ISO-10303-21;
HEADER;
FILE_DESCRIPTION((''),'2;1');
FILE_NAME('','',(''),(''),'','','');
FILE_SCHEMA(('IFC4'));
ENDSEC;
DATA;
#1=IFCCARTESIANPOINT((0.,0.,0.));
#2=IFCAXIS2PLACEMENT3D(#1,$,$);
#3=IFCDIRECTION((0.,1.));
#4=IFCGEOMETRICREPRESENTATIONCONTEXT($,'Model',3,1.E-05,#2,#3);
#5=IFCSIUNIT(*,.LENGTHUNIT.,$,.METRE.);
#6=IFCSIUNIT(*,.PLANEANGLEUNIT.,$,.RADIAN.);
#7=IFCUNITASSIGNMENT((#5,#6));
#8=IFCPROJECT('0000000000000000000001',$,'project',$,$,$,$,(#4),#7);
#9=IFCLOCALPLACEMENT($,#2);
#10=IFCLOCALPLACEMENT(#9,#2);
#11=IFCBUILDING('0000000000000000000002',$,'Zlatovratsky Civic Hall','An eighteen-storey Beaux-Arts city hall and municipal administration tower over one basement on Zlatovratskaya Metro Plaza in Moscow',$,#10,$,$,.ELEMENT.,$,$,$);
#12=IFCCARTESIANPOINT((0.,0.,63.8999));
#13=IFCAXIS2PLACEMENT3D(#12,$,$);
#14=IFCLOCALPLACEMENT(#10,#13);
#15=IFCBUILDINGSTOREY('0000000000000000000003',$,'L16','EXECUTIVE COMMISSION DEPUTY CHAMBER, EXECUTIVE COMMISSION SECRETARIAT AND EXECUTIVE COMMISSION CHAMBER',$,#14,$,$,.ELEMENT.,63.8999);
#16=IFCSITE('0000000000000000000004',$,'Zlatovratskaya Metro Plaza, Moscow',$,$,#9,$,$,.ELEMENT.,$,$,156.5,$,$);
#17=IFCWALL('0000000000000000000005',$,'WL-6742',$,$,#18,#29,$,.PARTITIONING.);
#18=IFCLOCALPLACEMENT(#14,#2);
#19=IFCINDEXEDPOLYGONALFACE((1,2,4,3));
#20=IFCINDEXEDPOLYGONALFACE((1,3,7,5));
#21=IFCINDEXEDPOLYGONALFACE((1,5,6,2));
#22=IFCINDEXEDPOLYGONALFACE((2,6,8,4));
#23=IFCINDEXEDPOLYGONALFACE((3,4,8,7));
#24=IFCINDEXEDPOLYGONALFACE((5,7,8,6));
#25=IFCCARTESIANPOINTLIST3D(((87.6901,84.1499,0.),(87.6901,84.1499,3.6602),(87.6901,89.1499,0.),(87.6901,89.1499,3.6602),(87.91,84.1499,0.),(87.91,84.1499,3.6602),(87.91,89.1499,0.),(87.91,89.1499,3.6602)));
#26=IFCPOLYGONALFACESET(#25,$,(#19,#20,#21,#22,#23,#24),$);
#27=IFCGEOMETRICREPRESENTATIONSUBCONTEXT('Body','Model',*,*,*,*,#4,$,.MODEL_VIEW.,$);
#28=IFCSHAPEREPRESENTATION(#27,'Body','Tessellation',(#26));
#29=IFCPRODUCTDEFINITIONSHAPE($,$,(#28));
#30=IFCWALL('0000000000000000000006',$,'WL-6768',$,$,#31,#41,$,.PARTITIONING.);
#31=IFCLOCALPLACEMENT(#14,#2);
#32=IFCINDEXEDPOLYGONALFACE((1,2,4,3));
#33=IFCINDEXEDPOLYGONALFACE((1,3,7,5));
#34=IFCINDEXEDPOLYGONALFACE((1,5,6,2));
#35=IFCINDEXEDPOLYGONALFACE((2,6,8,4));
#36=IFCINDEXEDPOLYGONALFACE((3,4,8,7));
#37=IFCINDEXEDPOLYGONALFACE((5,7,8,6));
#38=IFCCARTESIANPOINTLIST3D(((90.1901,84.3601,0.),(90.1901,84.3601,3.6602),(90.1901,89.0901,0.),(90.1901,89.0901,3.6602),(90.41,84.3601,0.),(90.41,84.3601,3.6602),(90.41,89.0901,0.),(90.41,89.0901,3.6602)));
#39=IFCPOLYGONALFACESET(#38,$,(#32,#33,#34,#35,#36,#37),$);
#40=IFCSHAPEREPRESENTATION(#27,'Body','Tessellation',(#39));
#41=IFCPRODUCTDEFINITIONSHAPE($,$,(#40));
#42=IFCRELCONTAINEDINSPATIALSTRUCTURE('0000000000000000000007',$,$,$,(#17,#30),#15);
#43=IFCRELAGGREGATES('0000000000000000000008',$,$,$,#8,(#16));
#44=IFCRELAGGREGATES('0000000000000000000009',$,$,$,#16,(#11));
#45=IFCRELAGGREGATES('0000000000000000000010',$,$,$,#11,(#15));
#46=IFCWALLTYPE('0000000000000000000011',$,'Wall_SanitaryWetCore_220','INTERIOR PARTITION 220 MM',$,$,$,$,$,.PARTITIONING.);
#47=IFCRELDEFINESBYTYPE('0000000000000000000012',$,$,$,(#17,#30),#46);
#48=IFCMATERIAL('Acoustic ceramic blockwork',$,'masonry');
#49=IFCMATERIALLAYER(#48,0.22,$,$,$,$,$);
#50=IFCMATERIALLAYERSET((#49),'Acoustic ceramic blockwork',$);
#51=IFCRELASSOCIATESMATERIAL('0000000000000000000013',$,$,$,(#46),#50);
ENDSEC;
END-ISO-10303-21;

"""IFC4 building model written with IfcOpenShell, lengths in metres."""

from ifc_helpers import new_model, si_unit, direction, frame, frame_2d, origin, place, context, subcontext, project, spatial, rectangle, extrude, material, layer, layer_set, type_object, element, save


model = new_model("IFC4")

# Units and contexts
model_context = context("Model", 3, precision=1e-05, world=origin(), true_north=direction((0.0, 1.0)))
body_context = subcontext(model_context, "Body", "Model", "MODEL_VIEW")
ifc_project = project(units=[si_unit("LENGTHUNIT", "METRE"), si_unit("PLANEANGLEUNIT", "RADIAN")], contexts=[model_context])

# Site, building, storey
site_placement = place(None, origin())
site = spatial("IfcSite", under=ifc_project, at=site_placement, Name="Zlatovratskaya Metro Plaza, Moscow", CompositionType="ELEMENT", RefElevation=156.5)
building_placement = place(site_placement, origin())
building = spatial("IfcBuilding", under=site, at=building_placement, Name="Zlatovratsky Civic Hall", Description="An eighteen-storey Beaux-Arts city hall and municipal administration tower over one basement on Zlatovratskaya Metro Plaza in Moscow", CompositionType="ELEMENT")
storey_placement = place(building_placement, frame((0.0, 0.0, 63.8999)))
storey = spatial("IfcBuildingStorey", under=building, at=storey_placement, Name="L16", Description="EXECUTIVE COMMISSION DEPUTY CHAMBER, EXECUTIVE COMMISSION SECRETARIAT AND EXECUTIVE COMMISSION CHAMBER", CompositionType="ELEMENT", Elevation=63.8999)

# Shared definitions
ifc_material_1 = material(Name="Acoustic ceramic blockwork", Category="masonry")
ifc_layer_1 = layer(ifc_material_1, 0.22)
ifc_layer_set_1 = layer_set([ifc_layer_1], Name="Acoustic ceramic blockwork")
wall_type_1 = type_object("IfcWallType", Name="Wall_SanitaryWetCore_220", Description="INTERIOR PARTITION 220 MM", PredefinedType="PARTITIONING", material=ifc_layer_set_1)

# Walls
for number, where, z_axis, x_axis, name in (
    (1, (87.8, 84.1499, 0.0), (0.0, 0.0, 1.0), (0.0, 1.0, 0.0), "WL-6742"),
):
    element("IfcWall", number, at=place(storey_placement, frame(where, z_axis=z_axis, x_axis=x_axis)), inside=storey, type_object=wall_type_1, Name=name, PredefinedType="PARTITIONING", context=body_context, shape_type="SweptSolid", body=[
        extrude(rectangle(XDim=5.0, YDim=0.22, at=frame_2d((2.5, 0.0))), origin(), (0.0, 0.0, 1.0), 3.6602),
    ])
wall_1_placement = place(storey_placement, frame((90.3, 84.3601, 0.0), z_axis=(0.0, 0.0, 1.0), x_axis=(0.0, 1.0, 0.0)))
element("IfcWall", 2, at=wall_1_placement, inside=storey, type_object=wall_type_1, Name="WL-6768", PredefinedType="PARTITIONING", context=body_context, shape_type="SweptSolid", body=[
    extrude(rectangle(XDim=4.73, YDim=0.22, at=frame_2d((2.365, 0.0))), origin(), (0.0, 0.0, 1.0), 3.6602),
])

save(model, "model.ifc")
